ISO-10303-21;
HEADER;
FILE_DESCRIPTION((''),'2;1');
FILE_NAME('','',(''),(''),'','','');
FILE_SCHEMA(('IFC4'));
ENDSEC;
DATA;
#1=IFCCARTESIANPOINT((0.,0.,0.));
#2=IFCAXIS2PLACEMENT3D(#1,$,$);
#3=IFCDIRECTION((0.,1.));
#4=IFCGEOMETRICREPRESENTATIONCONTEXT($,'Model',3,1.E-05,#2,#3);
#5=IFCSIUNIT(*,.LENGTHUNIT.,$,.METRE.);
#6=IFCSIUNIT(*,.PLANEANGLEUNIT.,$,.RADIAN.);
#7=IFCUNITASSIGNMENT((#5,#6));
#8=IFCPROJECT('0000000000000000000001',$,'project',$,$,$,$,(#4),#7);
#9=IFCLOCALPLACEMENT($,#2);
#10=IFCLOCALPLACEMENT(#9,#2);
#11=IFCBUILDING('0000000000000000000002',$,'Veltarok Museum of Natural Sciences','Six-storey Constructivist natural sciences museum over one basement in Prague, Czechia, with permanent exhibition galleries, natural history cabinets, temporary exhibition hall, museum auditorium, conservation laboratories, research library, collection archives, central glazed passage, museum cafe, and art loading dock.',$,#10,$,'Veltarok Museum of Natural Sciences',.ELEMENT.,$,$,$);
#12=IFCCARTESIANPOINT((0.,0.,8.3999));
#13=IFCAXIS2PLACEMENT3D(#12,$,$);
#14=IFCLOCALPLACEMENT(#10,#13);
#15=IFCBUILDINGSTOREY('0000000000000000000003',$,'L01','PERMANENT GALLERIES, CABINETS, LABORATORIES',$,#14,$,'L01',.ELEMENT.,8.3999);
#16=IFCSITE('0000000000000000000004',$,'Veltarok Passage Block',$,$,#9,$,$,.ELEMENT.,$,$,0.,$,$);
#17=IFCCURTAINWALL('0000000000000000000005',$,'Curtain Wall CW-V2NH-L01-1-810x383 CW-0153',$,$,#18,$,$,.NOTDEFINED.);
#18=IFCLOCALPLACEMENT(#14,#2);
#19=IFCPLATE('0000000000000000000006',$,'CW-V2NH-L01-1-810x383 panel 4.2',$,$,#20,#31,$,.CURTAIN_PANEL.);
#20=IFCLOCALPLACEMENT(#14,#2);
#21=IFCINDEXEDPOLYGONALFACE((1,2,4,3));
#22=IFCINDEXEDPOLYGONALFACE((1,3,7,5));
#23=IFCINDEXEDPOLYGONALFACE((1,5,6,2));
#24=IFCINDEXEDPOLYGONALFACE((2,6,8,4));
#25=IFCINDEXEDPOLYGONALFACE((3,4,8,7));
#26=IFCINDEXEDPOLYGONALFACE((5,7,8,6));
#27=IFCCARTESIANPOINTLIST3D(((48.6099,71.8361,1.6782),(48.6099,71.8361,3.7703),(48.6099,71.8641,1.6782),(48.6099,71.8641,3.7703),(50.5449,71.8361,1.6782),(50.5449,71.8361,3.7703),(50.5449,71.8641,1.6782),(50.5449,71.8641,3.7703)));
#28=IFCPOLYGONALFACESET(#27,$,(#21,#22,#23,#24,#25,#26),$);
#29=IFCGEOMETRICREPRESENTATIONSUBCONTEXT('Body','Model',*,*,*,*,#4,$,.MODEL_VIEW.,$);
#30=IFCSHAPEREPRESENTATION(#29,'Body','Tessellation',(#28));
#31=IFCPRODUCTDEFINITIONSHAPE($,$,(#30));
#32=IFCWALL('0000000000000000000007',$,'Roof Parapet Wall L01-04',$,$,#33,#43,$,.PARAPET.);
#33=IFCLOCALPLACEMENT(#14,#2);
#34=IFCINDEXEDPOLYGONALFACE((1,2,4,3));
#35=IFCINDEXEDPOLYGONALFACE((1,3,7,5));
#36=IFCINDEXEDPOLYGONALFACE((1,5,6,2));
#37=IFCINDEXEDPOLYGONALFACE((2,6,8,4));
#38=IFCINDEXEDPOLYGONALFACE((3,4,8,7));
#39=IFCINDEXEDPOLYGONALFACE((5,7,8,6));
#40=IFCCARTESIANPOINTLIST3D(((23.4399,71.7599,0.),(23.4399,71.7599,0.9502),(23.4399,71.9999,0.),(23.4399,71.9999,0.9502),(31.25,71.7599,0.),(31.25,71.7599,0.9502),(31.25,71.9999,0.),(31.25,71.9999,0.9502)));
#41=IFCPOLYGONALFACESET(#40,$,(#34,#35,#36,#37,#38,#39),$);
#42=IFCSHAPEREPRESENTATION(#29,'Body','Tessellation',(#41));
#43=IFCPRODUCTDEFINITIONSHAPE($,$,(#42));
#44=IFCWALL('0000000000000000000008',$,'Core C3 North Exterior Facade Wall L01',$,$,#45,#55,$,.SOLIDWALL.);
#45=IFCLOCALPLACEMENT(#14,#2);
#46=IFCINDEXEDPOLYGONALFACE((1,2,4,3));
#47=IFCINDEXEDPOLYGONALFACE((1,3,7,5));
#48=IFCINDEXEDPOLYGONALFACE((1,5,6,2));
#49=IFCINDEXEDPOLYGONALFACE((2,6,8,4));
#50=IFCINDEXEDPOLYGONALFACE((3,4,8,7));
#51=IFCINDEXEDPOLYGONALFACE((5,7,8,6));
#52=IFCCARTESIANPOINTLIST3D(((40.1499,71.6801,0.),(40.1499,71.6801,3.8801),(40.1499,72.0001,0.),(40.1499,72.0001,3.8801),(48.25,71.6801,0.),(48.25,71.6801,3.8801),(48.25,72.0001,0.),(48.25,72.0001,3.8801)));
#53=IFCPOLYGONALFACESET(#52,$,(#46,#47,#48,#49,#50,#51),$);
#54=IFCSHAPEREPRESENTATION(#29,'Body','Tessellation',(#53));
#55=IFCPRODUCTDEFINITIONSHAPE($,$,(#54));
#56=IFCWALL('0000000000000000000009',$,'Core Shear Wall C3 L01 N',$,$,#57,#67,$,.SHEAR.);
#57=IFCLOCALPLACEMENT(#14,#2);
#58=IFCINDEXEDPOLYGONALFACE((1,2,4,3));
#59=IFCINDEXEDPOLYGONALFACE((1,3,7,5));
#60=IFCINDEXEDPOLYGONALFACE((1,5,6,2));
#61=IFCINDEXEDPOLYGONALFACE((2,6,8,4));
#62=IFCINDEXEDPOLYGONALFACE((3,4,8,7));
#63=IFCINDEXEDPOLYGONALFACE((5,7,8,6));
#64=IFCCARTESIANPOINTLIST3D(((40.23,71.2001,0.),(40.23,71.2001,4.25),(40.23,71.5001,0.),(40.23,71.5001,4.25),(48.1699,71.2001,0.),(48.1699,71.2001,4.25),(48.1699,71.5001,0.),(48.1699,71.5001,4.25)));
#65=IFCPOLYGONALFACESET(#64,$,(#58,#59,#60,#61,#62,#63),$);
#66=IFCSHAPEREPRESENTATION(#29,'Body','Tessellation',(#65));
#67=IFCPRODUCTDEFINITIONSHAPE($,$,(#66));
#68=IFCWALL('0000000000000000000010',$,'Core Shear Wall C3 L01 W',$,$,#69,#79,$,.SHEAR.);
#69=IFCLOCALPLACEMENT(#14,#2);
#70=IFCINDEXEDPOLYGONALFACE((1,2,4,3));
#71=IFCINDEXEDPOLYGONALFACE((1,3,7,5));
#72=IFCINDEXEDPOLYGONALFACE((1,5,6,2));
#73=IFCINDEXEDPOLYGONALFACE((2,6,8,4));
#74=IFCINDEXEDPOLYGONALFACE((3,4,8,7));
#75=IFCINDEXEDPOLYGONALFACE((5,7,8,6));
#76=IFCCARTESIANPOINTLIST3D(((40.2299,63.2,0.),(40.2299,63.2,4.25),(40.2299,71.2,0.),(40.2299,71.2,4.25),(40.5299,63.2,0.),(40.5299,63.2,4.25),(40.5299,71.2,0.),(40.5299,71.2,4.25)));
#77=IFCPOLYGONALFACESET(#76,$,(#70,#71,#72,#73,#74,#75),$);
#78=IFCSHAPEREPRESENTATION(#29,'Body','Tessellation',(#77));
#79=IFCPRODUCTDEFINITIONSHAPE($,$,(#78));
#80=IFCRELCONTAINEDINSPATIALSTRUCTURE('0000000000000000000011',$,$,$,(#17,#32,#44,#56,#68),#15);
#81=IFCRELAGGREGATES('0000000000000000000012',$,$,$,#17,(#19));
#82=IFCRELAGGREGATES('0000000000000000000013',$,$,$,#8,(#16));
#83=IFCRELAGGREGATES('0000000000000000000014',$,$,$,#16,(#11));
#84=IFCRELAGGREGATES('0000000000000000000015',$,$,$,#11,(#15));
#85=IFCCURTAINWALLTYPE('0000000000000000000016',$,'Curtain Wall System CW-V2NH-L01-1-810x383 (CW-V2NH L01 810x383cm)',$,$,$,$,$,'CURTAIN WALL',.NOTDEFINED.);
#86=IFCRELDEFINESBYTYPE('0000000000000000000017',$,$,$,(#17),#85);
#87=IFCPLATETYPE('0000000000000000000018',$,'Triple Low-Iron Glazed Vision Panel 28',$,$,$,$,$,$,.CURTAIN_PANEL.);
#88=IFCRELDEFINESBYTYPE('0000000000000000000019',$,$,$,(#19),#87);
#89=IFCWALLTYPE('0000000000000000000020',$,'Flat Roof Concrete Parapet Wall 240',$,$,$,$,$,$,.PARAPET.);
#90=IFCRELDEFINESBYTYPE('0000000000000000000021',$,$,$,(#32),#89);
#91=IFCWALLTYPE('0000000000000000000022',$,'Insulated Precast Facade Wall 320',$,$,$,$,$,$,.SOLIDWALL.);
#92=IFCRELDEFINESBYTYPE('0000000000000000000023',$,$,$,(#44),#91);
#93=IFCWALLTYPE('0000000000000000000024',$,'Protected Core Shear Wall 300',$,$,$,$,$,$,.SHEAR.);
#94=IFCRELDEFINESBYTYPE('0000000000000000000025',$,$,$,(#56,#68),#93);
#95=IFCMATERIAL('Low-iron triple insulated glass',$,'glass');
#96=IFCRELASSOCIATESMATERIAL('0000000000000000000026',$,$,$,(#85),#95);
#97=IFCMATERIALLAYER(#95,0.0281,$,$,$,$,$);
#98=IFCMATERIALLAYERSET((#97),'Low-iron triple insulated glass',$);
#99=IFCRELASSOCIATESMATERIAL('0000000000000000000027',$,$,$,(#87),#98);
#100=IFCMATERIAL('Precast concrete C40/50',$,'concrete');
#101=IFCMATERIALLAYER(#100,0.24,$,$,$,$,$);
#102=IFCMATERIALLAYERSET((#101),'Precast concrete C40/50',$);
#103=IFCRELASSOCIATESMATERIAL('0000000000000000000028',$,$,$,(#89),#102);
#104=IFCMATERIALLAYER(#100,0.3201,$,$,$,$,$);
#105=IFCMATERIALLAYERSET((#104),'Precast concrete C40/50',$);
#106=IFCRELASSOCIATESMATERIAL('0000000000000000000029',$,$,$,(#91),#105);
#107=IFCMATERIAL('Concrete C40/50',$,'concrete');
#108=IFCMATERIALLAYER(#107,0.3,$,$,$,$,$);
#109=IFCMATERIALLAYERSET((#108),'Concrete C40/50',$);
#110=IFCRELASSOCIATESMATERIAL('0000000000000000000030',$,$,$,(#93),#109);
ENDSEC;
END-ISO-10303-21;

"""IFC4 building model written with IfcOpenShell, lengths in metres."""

from ifc_helpers import new_model, si_unit, direction, frame, frame_2d, origin, origin_2d, place, context, subcontext, project, spatial, rectangle, extrude, material, layer, layer_set, type_object, element, aggregate, save


model = new_model("IFC4")

# Units and contexts
model_context = context("Model", 3, precision=1e-05, world=origin(), true_north=direction((0.0, 1.0)))
body_context = subcontext(model_context, "Body", "Model", "MODEL_VIEW")
ifc_project = project(units=[si_unit("LENGTHUNIT", "METRE"), si_unit("PLANEANGLEUNIT", "RADIAN")], contexts=[model_context])

# Site, building, storey
site_placement = place(None, origin())
site = spatial("IfcSite", under=ifc_project, at=site_placement, Name="Veltarok Passage Block", CompositionType="ELEMENT", RefElevation=0.0)
building_placement = place(site_placement, origin())
building = spatial("IfcBuilding", under=site, at=building_placement, Name="Veltarok Museum of Natural Sciences", Description="Six-storey Constructivist natural sciences museum over one basement in Prague, Czechia, with permanent exhibition galleries, natural history cabinets, temporary exhibition hall, museum auditorium, conservation laboratories, research library, collection archives, central glazed passage, museum cafe, and art loading dock.", LongName="Veltarok Museum of Natural Sciences", CompositionType="ELEMENT")
storey_placement = place(building_placement, frame((0.0, 0.0, 8.3999)))
storey = spatial("IfcBuildingStorey", under=building, at=storey_placement, Name="L01", Description="PERMANENT GALLERIES, CABINETS, LABORATORIES", LongName="L01", CompositionType="ELEMENT", Elevation=8.3999)

# Curtain wall
ifc_material_1 = material(Name="Low-iron triple insulated glass", Category="glass")
curtain_wall_type = type_object("IfcCurtainWallType", Name="Curtain Wall System CW-V2NH-L01-1-810x383 (CW-V2NH L01 810x383cm)", ElementType="CURTAIN WALL", PredefinedType="NOTDEFINED", material=ifc_material_1)
curtain_wall_placement = place(storey_placement, origin())
curtain_wall = element("IfcCurtainWall", 1, at=curtain_wall_placement, inside=storey, type_object=curtain_wall_type, Name="Curtain Wall CW-V2NH-L01-1-810x383 CW-0153", PredefinedType="NOTDEFINED")

# Plate
ifc_layer_1 = layer(ifc_material_1, 0.0281)
ifc_layer_set_1 = layer_set([ifc_layer_1], Name="Low-iron triple insulated glass")
plate_type = type_object("IfcPlateType", Name="Triple Low-Iron Glazed Vision Panel 28", PredefinedType="CURTAIN_PANEL", material=ifc_layer_set_1)
plate_1_placement = place(storey_placement, frame((49.5774, 71.8501, 1.6782), z_axis=(0.0, 0.0, 1.0), x_axis=(-1.0, 0.0, 0.0)))
plate_1 = element("IfcPlate", 2, at=plate_1_placement, type_object=plate_type, Name="CW-V2NH-L01-1-810x383 panel 4.2", PredefinedType="CURTAIN_PANEL", context=body_context, shape_type="SweptSolid", body=[
    extrude(rectangle(XDim=1.9351, YDim=0.0281, at=origin_2d()), origin(), (0.0, 0.0, 1.0), 2.092),
])
aggregate(curtain_wall, [plate_1])

# Walls
ifc_material_2 = material(Name="Precast concrete C40/50", Category="concrete")
ifc_layer_2 = layer(ifc_material_2, 0.24)
ifc_layer_set_2 = layer_set([ifc_layer_2], Name="Precast concrete C40/50")
wall_type_1 = type_object("IfcWallType", Name="Flat Roof Concrete Parapet Wall 240", PredefinedType="PARAPET", material=ifc_layer_set_2)
wall_1_placement = place(storey_placement, frame((23.4399, 71.8799, 0.0), z_axis=(0.0, 0.0, 1.0), x_axis=(1.0, 0.0, 0.0)))
element("IfcWall", 3, at=wall_1_placement, inside=storey, type_object=wall_type_1, Name="Roof Parapet Wall L01-04", PredefinedType="PARAPET", context=body_context, shape_type="SweptSolid", body=[
    extrude(rectangle(XDim=7.8101, YDim=0.24, at=frame_2d((3.905, 0.0))), origin(), (0.0, 0.0, 1.0), 0.9502),
])
ifc_layer_3 = layer(ifc_material_2, 0.3201)
ifc_layer_set_3 = layer_set([ifc_layer_3], Name="Precast concrete C40/50")
wall_type_2 = type_object("IfcWallType", Name="Insulated Precast Facade Wall 320", PredefinedType="SOLIDWALL", material=ifc_layer_set_3)
wall_2_placement = place(storey_placement, frame((48.25, 71.8401, 0.0), z_axis=(0.0, 0.0, 1.0), x_axis=(-1.0, 0.0, 0.0)))
element("IfcWall", 4, at=wall_2_placement, inside=storey, type_object=wall_type_2, Name="Core C3 North Exterior Facade Wall L01", PredefinedType="SOLIDWALL", context=body_context, shape_type="SweptSolid", body=[
    extrude(rectangle(XDim=8.1001, YDim=0.3201, at=frame_2d((4.05, 0.0))), origin(), (0.0, 0.0, 1.0), 3.8801),
])
ifc_material_3 = material(Name="Concrete C40/50", Category="concrete")
ifc_layer_4 = layer(ifc_material_3, 0.3)
ifc_layer_set_4 = layer_set([ifc_layer_4], Name="Concrete C40/50")
wall_type_3 = type_object("IfcWallType", Name="Protected Core Shear Wall 300", PredefinedType="SHEAR", material=ifc_layer_set_4)
wall_3_placement = place(storey_placement, frame((48.1699, 71.3501, 0.0), z_axis=(0.0, 0.0, 1.0), x_axis=(-1.0, 0.0, 0.0)))
element("IfcWall", 5, at=wall_3_placement, inside=storey, type_object=wall_type_3, Name="Core Shear Wall C3 L01 N", PredefinedType="SHEAR", context=body_context, shape_type="SweptSolid", body=[
    extrude(rectangle(XDim=7.9399, YDim=0.3, at=frame_2d((3.97, 0.0))), origin(), (0.0, 0.0, 1.0), 4.25),
])
wall_4_placement = place(storey_placement, frame((40.3799, 71.2, 0.0), z_axis=(0.0, 0.0, 1.0), x_axis=(0.0, -1.0, 0.0)))
element("IfcWall", 6, at=wall_4_placement, inside=storey, type_object=wall_type_3, Name="Core Shear Wall C3 L01 W", PredefinedType="SHEAR", context=body_context, shape_type="SweptSolid", body=[
    extrude(rectangle(XDim=8.0, YDim=0.3, at=frame_2d((4.0, 0.0))), origin(), (0.0, 0.0, 1.0), 4.25),
])

save(model, "model.ifc")
